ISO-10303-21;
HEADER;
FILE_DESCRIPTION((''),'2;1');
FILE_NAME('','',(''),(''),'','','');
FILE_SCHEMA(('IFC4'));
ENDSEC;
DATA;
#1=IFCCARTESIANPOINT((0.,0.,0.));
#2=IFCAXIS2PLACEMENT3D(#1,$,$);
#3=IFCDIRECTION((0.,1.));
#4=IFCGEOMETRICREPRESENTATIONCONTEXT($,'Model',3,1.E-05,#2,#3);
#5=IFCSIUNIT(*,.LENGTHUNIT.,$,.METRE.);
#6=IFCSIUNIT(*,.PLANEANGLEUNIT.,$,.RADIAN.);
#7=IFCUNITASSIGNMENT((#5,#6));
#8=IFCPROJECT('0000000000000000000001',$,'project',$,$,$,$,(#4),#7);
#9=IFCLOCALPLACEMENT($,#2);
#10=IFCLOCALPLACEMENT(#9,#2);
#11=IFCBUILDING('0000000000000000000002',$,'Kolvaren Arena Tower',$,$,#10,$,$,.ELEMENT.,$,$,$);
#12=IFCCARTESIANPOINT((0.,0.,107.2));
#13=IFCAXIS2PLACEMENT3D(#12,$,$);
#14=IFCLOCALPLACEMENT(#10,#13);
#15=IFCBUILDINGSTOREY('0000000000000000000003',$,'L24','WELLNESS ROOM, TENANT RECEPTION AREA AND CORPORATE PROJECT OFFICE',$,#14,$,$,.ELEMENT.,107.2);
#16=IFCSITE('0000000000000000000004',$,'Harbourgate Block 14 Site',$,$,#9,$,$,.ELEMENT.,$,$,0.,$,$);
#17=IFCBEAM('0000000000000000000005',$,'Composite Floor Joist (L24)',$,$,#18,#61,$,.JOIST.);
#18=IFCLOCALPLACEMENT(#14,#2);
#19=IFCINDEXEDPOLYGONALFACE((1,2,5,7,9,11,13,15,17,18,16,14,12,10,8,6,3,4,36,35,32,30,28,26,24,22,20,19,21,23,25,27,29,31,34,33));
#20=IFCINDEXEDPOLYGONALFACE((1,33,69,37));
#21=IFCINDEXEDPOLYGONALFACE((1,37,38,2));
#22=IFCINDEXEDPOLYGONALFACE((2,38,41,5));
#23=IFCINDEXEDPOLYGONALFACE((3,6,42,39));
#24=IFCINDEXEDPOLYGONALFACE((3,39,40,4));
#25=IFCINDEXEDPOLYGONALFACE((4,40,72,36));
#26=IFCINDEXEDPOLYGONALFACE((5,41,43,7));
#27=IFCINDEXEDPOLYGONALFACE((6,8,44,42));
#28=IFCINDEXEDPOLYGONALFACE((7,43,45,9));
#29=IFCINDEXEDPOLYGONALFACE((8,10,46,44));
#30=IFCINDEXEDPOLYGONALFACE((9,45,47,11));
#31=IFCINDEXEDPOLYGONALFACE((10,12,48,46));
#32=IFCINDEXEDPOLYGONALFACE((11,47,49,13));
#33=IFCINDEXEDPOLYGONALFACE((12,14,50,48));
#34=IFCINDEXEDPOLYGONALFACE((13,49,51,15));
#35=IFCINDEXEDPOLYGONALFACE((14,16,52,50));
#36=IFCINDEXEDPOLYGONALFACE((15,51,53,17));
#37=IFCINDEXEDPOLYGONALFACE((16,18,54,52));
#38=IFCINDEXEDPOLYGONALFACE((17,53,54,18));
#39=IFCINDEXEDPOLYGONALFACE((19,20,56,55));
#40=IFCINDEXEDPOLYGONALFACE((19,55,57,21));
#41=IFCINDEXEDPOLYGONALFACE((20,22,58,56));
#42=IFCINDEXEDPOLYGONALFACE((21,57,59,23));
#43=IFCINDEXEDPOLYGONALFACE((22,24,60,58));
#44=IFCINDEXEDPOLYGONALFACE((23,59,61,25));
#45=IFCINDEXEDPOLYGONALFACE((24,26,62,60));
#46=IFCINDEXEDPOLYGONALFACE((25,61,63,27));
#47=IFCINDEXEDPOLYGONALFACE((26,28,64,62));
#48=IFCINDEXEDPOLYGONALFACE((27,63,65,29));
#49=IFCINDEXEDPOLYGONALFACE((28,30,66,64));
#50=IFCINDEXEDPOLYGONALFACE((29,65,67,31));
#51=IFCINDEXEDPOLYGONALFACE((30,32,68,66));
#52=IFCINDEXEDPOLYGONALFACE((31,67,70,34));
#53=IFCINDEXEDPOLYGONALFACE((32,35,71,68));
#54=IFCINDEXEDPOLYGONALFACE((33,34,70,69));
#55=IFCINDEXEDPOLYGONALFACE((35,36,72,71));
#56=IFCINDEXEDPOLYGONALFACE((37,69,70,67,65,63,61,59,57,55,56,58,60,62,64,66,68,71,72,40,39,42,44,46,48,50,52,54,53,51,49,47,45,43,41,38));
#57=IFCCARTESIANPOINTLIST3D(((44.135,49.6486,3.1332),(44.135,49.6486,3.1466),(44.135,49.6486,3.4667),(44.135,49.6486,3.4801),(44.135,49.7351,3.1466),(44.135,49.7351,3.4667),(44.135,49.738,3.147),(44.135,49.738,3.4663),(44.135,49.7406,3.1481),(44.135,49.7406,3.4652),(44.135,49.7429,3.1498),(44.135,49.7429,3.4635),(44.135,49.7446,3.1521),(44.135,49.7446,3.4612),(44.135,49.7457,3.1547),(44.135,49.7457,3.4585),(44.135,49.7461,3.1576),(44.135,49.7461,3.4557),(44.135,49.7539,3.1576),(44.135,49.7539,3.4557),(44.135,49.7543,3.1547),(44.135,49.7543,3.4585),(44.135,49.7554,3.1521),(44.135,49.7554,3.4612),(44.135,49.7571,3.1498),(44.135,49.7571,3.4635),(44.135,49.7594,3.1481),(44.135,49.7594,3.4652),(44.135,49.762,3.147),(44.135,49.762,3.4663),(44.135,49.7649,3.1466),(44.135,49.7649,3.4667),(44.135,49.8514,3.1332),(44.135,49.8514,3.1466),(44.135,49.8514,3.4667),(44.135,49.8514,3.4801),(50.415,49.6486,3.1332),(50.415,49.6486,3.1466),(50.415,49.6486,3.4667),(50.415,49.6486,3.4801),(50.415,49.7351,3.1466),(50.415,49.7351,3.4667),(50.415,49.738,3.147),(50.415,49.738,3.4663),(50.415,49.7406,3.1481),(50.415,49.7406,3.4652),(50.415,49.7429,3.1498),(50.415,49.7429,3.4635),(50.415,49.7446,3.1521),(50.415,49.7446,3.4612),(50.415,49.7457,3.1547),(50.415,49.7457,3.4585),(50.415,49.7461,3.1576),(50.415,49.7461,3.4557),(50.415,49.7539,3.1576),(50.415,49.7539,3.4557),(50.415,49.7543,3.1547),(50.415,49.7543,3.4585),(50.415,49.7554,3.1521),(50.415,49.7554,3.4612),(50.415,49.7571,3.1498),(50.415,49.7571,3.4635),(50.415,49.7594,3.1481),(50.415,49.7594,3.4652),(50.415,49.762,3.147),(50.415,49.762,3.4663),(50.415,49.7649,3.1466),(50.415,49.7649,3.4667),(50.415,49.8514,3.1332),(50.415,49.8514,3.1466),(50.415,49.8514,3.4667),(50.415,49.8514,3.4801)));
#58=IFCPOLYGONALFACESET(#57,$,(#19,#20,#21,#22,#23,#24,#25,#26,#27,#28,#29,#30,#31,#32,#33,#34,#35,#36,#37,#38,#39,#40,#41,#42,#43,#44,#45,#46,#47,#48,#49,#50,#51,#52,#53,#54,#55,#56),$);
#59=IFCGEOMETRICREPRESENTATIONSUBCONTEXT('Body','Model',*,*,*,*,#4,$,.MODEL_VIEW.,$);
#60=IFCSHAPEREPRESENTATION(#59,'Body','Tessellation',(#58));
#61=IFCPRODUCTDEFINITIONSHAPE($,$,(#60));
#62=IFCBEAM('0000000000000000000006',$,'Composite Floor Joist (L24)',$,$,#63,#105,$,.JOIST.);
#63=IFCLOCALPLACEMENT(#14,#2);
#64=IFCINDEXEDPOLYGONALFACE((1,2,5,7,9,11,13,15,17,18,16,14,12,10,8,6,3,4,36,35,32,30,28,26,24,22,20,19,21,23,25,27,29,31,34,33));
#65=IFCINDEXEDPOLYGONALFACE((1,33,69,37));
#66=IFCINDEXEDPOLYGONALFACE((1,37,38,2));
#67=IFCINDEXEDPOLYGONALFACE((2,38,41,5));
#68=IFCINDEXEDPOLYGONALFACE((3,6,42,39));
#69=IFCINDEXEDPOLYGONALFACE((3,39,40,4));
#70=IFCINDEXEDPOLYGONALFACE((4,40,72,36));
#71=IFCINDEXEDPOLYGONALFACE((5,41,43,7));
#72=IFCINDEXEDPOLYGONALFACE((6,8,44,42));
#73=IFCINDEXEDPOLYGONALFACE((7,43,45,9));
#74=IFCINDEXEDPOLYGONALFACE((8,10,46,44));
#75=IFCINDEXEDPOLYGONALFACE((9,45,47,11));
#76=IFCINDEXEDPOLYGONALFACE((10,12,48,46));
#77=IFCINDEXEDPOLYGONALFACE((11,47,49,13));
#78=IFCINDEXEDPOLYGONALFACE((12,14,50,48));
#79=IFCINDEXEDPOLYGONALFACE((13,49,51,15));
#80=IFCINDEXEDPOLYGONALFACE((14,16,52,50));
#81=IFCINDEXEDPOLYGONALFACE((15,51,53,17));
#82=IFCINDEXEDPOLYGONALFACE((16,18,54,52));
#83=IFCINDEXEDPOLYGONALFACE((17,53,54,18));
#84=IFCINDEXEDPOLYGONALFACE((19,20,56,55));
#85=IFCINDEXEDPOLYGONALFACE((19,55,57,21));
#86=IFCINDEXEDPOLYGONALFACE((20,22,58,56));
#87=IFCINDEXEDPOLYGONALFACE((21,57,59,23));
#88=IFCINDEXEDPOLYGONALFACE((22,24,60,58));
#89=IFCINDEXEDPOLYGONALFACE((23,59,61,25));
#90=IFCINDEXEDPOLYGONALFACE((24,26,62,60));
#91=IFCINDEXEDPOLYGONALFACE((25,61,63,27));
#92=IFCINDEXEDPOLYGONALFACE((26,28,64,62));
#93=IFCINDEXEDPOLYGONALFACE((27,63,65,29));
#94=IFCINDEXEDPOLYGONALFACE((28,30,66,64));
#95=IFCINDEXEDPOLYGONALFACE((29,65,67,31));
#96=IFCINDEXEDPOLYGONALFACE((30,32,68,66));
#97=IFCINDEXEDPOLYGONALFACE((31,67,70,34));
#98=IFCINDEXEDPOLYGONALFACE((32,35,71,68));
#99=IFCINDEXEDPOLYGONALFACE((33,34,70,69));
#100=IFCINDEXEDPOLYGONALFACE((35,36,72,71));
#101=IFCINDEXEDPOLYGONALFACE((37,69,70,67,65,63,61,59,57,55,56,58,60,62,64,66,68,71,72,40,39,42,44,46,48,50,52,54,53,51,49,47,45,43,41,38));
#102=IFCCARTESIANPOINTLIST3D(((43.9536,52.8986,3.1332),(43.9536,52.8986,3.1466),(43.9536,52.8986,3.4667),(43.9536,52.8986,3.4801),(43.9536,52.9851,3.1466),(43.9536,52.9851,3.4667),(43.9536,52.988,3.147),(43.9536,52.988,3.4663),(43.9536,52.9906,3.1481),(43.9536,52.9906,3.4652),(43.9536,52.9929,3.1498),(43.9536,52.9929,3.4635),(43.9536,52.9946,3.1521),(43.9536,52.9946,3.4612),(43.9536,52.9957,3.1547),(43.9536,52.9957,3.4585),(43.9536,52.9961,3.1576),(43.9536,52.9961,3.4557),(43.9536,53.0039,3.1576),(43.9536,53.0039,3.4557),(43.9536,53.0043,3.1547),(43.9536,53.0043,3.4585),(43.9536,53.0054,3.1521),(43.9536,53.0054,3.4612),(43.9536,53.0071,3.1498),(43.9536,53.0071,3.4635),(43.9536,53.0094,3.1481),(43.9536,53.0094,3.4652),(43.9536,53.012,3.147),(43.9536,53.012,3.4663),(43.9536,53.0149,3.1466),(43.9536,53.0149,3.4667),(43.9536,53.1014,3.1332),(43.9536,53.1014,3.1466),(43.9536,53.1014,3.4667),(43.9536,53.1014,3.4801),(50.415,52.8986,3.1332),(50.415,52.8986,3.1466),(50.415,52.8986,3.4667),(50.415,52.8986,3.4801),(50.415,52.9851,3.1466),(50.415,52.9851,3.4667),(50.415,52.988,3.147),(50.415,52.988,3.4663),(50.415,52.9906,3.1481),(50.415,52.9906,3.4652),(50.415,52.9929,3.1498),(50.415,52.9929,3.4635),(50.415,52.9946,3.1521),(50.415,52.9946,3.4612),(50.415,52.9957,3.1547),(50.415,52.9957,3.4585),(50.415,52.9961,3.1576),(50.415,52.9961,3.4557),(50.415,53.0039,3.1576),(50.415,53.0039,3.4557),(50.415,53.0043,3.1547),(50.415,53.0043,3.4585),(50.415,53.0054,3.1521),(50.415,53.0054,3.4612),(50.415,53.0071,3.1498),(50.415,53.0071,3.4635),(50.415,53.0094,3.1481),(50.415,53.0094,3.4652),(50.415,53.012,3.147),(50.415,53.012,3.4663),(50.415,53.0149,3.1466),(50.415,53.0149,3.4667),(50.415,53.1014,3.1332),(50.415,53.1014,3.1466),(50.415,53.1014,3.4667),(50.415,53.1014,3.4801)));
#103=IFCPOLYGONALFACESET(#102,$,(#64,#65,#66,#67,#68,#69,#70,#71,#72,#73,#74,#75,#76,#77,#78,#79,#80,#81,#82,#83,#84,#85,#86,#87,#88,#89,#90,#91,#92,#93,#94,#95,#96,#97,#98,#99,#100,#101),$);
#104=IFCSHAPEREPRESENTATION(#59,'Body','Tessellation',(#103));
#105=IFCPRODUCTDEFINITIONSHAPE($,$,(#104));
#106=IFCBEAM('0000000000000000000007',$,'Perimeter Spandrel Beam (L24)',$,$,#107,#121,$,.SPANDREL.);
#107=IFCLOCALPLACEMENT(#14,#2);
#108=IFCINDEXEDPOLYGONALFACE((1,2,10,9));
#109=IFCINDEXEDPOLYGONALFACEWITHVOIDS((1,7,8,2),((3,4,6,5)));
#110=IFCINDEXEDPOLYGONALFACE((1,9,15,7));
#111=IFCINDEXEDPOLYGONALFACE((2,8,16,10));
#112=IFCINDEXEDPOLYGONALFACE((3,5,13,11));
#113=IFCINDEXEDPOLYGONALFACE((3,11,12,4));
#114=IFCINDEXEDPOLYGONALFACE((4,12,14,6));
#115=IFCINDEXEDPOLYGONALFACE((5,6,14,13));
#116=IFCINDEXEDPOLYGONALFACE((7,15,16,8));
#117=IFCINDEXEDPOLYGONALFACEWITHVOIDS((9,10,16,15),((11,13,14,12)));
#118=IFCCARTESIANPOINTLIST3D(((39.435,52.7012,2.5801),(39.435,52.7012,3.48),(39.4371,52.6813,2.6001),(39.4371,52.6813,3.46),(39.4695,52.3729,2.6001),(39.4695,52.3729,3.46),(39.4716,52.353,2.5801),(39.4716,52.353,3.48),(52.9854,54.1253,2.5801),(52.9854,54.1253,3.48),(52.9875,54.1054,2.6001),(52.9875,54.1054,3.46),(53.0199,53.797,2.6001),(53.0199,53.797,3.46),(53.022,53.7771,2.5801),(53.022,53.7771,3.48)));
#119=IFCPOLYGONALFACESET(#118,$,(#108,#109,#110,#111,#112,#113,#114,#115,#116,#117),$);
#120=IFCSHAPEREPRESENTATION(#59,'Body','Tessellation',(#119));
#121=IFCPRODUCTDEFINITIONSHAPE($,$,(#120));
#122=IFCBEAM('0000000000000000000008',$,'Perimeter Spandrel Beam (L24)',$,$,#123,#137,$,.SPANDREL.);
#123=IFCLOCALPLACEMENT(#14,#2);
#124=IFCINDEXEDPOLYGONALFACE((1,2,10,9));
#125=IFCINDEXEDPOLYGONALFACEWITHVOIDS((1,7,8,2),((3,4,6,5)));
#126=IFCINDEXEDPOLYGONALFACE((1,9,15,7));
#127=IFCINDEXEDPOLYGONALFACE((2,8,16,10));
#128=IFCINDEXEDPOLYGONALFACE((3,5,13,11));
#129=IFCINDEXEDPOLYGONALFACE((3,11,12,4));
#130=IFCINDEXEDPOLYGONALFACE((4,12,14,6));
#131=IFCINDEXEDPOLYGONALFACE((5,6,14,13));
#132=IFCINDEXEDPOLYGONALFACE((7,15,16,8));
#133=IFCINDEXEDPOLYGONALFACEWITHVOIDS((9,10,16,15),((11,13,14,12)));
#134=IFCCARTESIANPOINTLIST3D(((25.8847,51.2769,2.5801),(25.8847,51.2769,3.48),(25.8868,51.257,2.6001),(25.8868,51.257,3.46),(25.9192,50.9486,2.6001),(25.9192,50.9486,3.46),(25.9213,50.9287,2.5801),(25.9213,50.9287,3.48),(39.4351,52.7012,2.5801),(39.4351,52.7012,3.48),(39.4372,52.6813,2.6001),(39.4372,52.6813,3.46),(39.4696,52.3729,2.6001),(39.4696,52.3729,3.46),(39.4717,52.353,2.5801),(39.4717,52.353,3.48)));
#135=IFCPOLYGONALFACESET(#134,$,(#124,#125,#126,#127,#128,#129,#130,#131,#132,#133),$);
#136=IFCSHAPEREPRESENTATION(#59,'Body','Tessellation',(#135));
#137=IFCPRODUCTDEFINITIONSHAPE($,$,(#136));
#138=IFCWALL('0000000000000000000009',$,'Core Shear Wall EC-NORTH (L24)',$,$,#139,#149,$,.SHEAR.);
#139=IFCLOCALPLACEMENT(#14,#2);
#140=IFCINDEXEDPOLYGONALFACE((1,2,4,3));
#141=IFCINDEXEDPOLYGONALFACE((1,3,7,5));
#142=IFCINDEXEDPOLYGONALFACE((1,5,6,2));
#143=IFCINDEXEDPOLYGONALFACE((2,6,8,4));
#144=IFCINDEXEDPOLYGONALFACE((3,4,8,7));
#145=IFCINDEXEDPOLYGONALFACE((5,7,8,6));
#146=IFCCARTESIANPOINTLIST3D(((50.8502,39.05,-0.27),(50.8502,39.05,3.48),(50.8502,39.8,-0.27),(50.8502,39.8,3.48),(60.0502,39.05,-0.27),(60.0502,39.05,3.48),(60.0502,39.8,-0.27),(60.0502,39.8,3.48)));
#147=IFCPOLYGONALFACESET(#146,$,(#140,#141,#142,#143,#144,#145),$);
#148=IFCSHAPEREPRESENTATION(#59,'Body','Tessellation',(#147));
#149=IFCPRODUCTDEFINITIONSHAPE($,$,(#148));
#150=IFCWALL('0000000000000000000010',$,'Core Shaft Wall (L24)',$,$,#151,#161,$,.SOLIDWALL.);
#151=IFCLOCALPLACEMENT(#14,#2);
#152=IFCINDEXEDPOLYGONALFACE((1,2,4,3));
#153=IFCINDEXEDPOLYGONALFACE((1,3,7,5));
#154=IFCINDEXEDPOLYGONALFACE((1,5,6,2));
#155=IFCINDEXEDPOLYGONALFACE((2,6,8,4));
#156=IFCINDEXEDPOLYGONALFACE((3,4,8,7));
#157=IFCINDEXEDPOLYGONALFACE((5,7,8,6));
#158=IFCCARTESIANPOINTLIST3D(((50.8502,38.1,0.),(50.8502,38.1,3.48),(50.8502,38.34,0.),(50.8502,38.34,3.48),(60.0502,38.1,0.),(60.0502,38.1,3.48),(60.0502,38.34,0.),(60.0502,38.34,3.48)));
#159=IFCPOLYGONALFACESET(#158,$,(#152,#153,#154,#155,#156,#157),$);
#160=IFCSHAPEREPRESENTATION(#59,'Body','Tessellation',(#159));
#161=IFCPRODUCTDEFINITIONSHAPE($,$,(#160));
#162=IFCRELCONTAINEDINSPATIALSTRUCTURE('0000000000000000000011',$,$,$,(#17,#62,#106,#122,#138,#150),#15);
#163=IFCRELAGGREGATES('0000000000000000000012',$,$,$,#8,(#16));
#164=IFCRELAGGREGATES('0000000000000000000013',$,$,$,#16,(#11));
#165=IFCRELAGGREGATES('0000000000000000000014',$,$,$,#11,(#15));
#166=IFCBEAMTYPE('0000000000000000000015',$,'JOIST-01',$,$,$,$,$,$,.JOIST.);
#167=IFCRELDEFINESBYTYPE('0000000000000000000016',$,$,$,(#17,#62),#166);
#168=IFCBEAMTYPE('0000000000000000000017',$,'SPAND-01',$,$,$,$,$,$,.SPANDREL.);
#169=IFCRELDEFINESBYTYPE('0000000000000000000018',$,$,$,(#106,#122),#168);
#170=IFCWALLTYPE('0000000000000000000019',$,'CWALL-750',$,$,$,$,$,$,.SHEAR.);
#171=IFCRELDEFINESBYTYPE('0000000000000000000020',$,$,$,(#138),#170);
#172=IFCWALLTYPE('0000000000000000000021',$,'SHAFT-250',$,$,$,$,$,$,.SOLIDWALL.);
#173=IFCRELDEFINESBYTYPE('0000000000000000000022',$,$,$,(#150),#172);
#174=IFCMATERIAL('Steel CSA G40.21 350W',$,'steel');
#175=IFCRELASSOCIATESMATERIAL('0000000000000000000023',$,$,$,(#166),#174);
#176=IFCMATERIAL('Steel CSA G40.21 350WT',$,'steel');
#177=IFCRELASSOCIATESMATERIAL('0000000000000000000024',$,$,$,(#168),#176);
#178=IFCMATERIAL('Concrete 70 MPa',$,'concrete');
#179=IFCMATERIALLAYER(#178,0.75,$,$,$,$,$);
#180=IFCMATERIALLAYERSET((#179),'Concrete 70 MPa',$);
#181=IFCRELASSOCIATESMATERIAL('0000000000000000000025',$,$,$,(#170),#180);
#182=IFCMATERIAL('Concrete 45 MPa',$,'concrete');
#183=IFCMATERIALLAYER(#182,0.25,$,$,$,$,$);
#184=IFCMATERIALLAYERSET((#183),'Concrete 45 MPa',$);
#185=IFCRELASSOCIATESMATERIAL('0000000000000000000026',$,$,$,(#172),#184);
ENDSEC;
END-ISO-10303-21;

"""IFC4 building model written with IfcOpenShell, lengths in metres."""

from ifc_helpers import new_model, si_unit, direction, frame, frame_2d, origin, origin_2d, place, context, subcontext, project, spatial, rectangle, hollow_rectangle, i_section, extrude, material, layer, layer_set, material_profile, profile_set, type_object, element, save


model = new_model("IFC4")

# Units and contexts
model_context = context("Model", 3, precision=1e-05, world=origin(), true_north=direction((0.0, 1.0)))
body_context = subcontext(model_context, "Body", "Model", "MODEL_VIEW")
ifc_project = project(units=[si_unit("LENGTHUNIT", "METRE"), si_unit("PLANEANGLEUNIT", "RADIAN")], contexts=[model_context])

# Site, building, storey
site_placement = place(None, origin())
site = spatial("IfcSite", under=ifc_project, at=site_placement, Name="Harbourgate Block 14 Site", CompositionType="ELEMENT", RefElevation=0.0)
building_placement = place(site_placement, origin())
building = spatial("IfcBuilding", under=site, at=building_placement, Name="Kolvaren Arena Tower", CompositionType="ELEMENT")
storey_placement = place(building_placement, frame((0.0, 0.0, 107.2)))
storey = spatial("IfcBuildingStorey", under=building, at=storey_placement, Name="L24", Description="WELLNESS ROOM, TENANT RECEPTION AREA AND CORPORATE PROJECT OFFICE", CompositionType="ELEMENT", Elevation=107.2)

# Beams
ifc_material_1 = material(Name="Steel CSA G40.21 350W", Category="steel")
ifc_material_profile_1 = material_profile(ifc_material_1, i_section(OverallWidth=0.2029, OverallDepth=0.3469, WebThickness=0.0078, FlangeThickness=0.0134, FilletRadius=0.011, at=origin_2d()), Name="W360x64")
ifc_profile_set_1 = profile_set([ifc_material_profile_1], Name="Steel CSA G40.21 350W")
beam_type_1 = type_object("IfcBeamType", Name="JOIST-01", PredefinedType="JOIST", material=ifc_profile_set_1)
for number, where, z_axis, x_axis, name in (
    (1, (44.135, 49.75, 3.3066), (1.0, 0.0, 0.0), (0.0, 1.0, 0.0), "Composite Floor Joist (L24)"),
):
    element("IfcBeam", number, at=place(storey_placement, frame(where, z_axis=z_axis, x_axis=x_axis)), inside=storey, type_object=beam_type_1, Name=name, PredefinedType="JOIST", context=body_context, shape_type="SweptSolid", body=[
        extrude(i_section(OverallWidth=0.2029, OverallDepth=0.3469, WebThickness=0.0078, FlangeThickness=0.0134, FilletRadius=0.011, at=origin_2d()), origin(), (0.0, 0.0, 1.0), 6.28),
    ])
beam_1_placement = place(storey_placement, frame((43.9536, 53.0, 3.3066), z_axis=(1.0, 0.0, 0.0), x_axis=(0.0, 1.0, 0.0)))
element("IfcBeam", 2, at=beam_1_placement, inside=storey, type_object=beam_type_1, Name="Composite Floor Joist (L24)", PredefinedType="JOIST", context=body_context, shape_type="SweptSolid", body=[
    extrude(i_section(OverallWidth=0.2029, OverallDepth=0.3469, WebThickness=0.0078, FlangeThickness=0.0134, FilletRadius=0.011, at=origin_2d()), origin(), (0.0, 0.0, 1.0), 6.4614),
])
ifc_material_2 = material(Name="Steel CSA G40.21 350WT", Category="steel")
ifc_material_profile_2 = material_profile(ifc_material_2, hollow_rectangle(XDim=0.3501, YDim=0.8999, WallThickness=0.02, at=origin_2d()), Name="HSS 900x350x20")
ifc_profile_set_2 = profile_set([ifc_material_profile_2], Name="Steel CSA G40.21 350WT")
beam_type_2 = type_object("IfcBeamType", Name="SPAND-01", PredefinedType="SPANDREL", material=ifc_profile_set_2)
for number, where, z_axis, x_axis, name in (
    (3, (53.0037, 53.9512, 3.03), (-0.994523, -0.10452, 0.0), (0.10452, -0.994523, 0.0), "Perimeter Spandrel Beam (L24)"),
    (4, (39.4534, 52.5271, 3.03), (-0.994521, -0.104537, 0.0), (0.104537, -0.994521, 0.0), "Perimeter Spandrel Beam (L24)"),
):
    element("IfcBeam", number, at=place(storey_placement, frame(where, z_axis=z_axis, x_axis=x_axis)), inside=storey, type_object=beam_type_2, Name=name, PredefinedType="SPANDREL", context=body_context, shape_type="SweptSolid", body=[
        extrude(hollow_rectangle(XDim=0.3501, YDim=0.8999, WallThickness=0.02, at=origin_2d()), origin(), (0.0, 0.0, 1.0), 13.625),
    ])

# Walls
ifc_material_3 = material(Name="Concrete 70 MPa", Category="concrete")
ifc_layer_1 = layer(ifc_material_3, 0.75)
ifc_layer_set_1 = layer_set([ifc_layer_1], Name="Concrete 70 MPa")
wall_type_1 = type_object("IfcWallType", Name="CWALL-750", PredefinedType="SHEAR", material=ifc_layer_set_1)
wall_1_placement = place(storey_placement, frame((50.8501, 39.425, -0.27), z_axis=(0.0, 0.0, 1.0), x_axis=(1.0, 0.0, 0.0)))
element("IfcWall", 5, at=wall_1_placement, inside=storey, type_object=wall_type_1, Name="Core Shear Wall EC-NORTH (L24)", PredefinedType="SHEAR", context=body_context, shape_type="SweptSolid", body=[
    extrude(rectangle(XDim=9.2, YDim=0.75, at=frame_2d((4.6001, 0.0))), origin(), (0.0, 0.0, 1.0), 3.75),
])
ifc_material_4 = material(Name="Concrete 45 MPa", Category="concrete")
ifc_layer_2 = layer(ifc_material_4, 0.25)
ifc_layer_set_2 = layer_set([ifc_layer_2], Name="Concrete 45 MPa")
wall_type_2 = type_object("IfcWallType", Name="SHAFT-250", PredefinedType="SOLIDWALL", material=ifc_layer_set_2)
wall_2_placement = place(storey_placement, frame((50.8501, 38.22, 0.0), z_axis=(0.0, 0.0, 1.0), x_axis=(1.0, 0.0, 0.0)))
element("IfcWall", 6, at=wall_2_placement, inside=storey, type_object=wall_type_2, Name="Core Shaft Wall (L24)", PredefinedType="SOLIDWALL", context=body_context, shape_type="SweptSolid", body=[
    extrude(rectangle(XDim=9.2, YDim=0.24, at=frame_2d((4.6001, 0.0))), origin(), (0.0, 0.0, 1.0), 3.48),
])

save(model, "model.ifc")
